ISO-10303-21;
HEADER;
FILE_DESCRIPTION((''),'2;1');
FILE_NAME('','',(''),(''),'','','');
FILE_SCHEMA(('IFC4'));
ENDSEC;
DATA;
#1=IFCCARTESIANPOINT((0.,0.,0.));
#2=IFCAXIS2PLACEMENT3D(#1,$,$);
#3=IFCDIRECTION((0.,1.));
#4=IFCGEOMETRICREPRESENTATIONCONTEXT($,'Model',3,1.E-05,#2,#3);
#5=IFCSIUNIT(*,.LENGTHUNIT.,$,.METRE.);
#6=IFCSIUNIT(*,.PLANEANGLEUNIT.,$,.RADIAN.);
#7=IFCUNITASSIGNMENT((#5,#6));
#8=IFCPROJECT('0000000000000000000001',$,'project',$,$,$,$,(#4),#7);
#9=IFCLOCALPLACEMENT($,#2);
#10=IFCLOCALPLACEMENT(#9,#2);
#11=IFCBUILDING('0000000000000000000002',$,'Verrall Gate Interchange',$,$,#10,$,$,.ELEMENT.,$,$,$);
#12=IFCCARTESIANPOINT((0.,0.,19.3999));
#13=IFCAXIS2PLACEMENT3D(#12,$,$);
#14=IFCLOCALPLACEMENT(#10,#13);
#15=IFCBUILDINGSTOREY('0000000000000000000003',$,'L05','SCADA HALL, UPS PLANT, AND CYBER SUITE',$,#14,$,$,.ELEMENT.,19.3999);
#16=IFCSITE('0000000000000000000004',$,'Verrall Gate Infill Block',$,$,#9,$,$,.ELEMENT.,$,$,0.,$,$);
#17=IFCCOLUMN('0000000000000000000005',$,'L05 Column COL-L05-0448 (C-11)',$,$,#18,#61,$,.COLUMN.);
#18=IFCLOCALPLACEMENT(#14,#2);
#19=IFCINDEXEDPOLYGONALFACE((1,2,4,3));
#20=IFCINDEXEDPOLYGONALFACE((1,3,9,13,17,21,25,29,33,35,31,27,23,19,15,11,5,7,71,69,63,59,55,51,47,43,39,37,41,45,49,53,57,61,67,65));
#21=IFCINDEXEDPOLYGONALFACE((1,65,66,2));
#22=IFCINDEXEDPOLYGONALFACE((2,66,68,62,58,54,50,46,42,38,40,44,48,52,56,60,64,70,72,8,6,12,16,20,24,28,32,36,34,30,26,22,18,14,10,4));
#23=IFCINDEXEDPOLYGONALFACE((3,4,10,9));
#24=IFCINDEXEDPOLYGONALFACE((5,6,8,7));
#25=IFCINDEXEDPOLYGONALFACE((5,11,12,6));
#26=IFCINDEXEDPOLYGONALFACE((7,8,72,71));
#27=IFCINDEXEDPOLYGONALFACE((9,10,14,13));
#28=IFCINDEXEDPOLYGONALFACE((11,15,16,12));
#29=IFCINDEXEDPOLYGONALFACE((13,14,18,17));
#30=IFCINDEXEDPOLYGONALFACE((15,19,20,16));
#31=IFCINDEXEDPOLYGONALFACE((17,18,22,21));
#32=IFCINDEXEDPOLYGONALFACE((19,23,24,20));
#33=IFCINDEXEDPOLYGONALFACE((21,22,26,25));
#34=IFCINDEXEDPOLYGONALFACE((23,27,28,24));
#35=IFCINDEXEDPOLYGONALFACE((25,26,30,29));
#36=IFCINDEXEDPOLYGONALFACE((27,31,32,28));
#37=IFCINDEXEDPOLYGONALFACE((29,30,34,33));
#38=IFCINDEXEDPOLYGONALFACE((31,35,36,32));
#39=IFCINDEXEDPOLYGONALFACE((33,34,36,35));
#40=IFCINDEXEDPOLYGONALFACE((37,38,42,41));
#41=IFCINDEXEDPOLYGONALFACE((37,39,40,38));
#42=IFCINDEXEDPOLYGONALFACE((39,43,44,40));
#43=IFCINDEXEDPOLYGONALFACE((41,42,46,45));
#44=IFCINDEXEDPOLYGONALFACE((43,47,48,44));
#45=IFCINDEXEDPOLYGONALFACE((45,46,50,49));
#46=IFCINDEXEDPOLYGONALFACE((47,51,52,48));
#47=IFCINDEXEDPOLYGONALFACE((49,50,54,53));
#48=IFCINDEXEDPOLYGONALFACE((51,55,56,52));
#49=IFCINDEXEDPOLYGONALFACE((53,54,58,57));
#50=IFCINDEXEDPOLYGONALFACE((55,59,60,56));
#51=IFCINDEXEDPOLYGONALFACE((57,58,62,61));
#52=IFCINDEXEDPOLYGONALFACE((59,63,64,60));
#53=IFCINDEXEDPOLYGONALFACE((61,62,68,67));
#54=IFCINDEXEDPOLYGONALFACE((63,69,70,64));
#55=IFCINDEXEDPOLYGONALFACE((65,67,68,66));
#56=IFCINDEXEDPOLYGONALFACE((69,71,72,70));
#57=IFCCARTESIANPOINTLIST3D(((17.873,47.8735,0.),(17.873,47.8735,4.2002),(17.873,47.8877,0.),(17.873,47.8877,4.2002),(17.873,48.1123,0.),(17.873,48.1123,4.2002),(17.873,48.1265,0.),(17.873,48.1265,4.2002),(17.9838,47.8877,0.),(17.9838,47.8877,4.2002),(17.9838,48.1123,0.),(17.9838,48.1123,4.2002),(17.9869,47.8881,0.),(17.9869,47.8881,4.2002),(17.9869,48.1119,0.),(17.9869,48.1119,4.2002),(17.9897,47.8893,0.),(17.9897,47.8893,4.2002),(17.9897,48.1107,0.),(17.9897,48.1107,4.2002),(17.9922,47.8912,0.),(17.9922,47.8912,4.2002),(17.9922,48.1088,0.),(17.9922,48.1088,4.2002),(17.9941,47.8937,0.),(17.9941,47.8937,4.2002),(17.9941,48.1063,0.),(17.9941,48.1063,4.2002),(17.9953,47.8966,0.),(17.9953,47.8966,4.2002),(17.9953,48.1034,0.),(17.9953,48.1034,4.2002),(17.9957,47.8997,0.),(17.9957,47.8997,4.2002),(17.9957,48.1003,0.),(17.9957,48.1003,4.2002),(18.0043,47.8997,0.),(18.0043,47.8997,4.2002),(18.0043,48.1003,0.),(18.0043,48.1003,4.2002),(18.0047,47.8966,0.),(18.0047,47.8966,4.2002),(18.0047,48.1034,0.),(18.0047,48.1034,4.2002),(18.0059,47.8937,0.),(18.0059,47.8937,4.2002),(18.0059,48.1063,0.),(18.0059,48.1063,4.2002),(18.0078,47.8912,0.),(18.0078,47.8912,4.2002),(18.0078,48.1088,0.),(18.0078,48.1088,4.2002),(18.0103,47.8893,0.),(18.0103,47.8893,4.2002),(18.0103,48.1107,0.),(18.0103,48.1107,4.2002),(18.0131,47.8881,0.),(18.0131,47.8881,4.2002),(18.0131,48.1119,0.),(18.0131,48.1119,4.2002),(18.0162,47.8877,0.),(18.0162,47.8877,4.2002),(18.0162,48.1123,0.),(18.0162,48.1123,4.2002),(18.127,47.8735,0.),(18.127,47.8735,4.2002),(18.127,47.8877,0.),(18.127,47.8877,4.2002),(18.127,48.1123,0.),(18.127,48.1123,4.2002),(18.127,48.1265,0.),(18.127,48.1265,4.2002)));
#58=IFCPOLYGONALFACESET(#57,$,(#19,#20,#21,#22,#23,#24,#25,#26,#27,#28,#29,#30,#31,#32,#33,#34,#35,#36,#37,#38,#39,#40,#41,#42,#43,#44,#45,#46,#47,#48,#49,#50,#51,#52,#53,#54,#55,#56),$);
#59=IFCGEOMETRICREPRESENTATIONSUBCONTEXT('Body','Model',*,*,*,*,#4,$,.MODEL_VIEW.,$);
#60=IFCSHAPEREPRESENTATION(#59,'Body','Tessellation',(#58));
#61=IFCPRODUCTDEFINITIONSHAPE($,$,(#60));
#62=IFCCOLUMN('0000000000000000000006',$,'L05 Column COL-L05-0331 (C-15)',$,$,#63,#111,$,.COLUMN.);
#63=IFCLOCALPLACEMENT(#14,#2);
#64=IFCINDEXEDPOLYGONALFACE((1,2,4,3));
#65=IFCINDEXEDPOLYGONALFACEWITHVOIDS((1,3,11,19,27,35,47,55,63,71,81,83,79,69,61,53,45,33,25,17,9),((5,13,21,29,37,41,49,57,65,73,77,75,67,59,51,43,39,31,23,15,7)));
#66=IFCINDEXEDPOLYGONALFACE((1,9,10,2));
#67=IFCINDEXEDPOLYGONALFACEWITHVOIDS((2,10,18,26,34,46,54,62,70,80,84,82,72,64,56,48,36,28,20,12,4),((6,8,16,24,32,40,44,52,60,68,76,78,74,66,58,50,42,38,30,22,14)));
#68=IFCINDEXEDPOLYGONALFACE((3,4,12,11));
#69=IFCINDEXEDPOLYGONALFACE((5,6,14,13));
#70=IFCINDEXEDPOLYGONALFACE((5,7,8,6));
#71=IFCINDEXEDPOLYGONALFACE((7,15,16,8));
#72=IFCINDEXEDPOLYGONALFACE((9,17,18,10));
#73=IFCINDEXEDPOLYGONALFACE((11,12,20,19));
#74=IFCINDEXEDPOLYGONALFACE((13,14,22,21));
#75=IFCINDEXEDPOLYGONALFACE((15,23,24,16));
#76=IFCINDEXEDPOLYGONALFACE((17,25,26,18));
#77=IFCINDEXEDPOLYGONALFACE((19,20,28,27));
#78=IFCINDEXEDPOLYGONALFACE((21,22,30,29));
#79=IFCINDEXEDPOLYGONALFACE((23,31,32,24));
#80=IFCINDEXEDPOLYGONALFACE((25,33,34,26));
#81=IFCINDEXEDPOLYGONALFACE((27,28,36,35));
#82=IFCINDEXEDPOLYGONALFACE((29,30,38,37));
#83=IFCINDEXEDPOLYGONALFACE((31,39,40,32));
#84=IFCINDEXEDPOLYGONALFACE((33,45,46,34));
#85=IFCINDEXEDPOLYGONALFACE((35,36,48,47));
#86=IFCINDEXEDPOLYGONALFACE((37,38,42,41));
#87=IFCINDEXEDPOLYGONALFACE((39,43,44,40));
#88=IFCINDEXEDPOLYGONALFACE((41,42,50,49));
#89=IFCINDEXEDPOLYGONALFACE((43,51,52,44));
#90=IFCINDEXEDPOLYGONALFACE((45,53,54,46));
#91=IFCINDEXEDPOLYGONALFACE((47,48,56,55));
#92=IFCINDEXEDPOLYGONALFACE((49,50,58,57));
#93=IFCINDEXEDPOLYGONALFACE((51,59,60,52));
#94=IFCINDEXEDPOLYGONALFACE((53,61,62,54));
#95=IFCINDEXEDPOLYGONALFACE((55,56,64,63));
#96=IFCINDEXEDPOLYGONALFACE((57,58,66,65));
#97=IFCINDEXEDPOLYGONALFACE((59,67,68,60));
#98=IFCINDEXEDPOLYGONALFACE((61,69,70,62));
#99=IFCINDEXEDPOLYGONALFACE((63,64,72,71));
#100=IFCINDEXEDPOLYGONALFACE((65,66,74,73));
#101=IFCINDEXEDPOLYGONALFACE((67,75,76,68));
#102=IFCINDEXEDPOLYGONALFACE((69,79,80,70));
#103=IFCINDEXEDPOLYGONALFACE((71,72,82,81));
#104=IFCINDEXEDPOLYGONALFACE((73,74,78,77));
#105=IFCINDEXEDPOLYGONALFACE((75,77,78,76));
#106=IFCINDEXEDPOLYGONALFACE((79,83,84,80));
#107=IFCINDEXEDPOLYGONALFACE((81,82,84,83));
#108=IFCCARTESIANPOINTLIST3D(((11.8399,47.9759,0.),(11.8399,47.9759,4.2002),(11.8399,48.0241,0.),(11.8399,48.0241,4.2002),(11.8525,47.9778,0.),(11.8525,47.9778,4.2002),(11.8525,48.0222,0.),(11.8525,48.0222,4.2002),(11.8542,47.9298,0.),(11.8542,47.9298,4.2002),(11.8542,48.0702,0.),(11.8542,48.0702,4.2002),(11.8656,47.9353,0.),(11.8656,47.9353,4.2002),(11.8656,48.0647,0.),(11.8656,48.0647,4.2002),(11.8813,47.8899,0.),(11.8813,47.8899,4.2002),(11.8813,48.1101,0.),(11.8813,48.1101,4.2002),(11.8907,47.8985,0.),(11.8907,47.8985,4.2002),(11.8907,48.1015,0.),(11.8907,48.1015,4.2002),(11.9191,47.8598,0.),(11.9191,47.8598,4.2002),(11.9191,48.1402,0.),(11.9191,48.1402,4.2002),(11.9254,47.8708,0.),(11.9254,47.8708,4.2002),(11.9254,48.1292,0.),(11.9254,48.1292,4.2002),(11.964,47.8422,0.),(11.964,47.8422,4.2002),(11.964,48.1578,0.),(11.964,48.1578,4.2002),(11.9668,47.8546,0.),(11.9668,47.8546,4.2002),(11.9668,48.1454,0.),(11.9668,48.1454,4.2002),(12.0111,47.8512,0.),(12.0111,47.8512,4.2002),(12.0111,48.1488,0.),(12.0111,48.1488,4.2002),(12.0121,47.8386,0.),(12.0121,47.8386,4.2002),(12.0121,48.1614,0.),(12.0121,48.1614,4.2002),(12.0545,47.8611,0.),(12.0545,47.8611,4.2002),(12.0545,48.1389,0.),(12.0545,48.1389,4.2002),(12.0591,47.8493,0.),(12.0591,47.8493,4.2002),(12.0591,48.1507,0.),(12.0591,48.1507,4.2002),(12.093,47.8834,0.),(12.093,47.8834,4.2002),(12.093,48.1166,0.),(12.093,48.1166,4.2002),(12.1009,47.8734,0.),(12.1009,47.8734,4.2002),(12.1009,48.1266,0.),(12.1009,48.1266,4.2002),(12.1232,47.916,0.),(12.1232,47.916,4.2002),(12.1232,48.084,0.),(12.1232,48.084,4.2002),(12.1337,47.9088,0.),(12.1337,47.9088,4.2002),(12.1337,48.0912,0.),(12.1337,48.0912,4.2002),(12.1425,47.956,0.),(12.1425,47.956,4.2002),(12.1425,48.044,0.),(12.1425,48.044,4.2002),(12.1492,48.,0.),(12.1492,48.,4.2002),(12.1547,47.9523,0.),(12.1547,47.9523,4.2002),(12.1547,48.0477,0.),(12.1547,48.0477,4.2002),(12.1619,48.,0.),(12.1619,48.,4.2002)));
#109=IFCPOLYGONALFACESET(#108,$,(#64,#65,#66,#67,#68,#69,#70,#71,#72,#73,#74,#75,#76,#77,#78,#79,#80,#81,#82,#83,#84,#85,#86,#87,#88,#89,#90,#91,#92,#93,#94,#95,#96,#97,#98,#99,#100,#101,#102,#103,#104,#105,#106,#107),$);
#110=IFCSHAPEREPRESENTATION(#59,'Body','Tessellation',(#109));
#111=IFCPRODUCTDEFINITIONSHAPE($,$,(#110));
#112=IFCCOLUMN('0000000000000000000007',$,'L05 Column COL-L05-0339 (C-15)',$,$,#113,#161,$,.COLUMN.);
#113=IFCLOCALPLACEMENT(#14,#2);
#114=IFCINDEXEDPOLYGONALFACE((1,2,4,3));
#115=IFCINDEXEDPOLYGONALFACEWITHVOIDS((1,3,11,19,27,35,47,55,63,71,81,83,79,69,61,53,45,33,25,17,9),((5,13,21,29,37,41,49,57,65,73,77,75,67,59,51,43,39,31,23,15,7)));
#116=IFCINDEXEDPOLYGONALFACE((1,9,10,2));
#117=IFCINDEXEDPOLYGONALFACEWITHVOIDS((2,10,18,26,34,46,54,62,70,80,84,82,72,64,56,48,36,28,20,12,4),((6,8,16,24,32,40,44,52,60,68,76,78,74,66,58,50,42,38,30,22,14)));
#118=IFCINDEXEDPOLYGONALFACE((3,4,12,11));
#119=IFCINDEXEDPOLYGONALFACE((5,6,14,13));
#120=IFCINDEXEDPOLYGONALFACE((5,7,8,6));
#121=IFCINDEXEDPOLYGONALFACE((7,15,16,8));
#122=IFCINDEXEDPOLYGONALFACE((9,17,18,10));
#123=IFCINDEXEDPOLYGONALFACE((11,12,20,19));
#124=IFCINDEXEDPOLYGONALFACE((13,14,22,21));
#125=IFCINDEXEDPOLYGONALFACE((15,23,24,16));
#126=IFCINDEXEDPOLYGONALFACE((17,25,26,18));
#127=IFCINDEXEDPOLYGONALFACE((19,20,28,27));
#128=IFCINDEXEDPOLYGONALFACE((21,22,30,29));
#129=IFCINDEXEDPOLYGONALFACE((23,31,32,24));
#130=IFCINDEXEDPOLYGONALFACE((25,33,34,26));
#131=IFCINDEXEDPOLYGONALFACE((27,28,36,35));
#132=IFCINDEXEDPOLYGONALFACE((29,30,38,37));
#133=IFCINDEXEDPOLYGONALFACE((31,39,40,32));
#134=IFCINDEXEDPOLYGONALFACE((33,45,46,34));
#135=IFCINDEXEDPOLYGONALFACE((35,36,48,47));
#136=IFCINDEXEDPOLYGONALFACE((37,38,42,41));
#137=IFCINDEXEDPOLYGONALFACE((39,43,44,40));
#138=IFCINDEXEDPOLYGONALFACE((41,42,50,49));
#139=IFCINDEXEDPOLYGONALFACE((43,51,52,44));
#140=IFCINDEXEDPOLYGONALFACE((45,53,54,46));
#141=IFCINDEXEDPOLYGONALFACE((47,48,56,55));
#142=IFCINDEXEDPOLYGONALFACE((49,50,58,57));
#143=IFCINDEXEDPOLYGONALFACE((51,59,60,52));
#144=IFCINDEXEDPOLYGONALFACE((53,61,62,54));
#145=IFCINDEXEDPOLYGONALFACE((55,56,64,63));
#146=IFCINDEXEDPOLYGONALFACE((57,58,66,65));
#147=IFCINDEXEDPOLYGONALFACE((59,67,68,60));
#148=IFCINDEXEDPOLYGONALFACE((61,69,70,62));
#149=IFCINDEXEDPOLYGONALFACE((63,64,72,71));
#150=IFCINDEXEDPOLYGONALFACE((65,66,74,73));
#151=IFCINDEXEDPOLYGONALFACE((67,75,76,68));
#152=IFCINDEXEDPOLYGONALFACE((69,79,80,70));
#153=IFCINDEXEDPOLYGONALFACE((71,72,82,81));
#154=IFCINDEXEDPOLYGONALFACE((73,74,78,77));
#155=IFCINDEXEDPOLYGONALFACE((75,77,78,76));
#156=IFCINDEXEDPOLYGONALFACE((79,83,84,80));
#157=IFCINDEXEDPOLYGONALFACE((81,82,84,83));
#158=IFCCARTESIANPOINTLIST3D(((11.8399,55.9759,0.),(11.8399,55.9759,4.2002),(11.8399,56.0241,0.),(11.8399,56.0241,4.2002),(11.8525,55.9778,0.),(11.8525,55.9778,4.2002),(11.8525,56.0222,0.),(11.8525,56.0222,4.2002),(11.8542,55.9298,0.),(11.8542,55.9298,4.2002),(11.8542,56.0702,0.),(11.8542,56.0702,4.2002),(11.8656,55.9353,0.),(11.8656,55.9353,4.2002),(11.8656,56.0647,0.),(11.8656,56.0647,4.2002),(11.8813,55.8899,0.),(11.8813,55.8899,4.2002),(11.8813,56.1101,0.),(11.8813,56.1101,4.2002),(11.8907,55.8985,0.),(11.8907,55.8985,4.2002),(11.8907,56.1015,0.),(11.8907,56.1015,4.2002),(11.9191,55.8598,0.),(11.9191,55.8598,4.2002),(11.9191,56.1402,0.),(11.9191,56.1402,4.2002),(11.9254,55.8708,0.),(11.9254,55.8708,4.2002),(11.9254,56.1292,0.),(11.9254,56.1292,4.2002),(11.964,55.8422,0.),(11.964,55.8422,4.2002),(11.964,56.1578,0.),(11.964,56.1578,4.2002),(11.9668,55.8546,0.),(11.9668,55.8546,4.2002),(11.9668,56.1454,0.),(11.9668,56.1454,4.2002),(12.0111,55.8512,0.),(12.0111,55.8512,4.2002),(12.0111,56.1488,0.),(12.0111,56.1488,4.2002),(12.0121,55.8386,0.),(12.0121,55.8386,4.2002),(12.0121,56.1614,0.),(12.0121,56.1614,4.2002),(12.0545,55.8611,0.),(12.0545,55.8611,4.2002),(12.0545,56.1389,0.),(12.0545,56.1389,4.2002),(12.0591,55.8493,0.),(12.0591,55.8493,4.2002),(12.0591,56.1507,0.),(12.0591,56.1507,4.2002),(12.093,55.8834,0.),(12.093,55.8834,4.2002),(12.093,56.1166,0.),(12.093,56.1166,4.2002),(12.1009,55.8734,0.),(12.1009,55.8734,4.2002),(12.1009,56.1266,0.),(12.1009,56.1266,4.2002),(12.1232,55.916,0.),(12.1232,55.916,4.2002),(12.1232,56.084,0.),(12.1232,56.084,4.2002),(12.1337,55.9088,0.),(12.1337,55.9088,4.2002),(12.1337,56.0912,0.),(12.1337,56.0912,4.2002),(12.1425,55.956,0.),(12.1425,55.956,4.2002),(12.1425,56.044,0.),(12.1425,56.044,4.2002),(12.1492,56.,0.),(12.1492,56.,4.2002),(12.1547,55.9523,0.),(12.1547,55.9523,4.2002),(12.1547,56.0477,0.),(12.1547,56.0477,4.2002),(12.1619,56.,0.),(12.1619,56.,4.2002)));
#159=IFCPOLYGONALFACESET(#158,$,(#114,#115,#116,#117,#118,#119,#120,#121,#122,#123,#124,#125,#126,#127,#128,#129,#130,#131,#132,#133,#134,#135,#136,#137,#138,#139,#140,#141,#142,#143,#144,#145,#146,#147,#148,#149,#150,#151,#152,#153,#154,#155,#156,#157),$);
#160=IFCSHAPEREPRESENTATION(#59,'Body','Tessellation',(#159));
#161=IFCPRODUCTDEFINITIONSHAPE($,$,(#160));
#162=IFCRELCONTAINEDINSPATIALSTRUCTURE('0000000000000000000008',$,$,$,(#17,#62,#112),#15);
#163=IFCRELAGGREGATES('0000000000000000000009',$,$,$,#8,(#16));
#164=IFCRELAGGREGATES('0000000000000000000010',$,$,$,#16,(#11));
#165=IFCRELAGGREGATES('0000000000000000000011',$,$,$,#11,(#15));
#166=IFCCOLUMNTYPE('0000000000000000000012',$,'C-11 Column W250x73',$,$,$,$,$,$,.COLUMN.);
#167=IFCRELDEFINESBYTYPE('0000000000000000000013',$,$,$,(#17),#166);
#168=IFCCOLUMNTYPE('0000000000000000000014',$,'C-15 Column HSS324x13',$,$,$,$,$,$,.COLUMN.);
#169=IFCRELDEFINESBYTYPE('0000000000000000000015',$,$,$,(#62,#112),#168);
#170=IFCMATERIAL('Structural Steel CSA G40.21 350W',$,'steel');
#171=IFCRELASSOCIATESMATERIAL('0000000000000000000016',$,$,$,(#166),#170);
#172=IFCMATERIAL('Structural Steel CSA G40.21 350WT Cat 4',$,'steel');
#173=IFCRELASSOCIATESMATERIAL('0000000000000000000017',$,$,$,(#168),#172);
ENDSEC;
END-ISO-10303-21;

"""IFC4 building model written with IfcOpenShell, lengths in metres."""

from ifc_helpers import new_model, si_unit, direction, frame, origin, origin_2d, place, context, subcontext, project, spatial, hollow_circle, i_section, extrude, material, material_profile, profile_set, type_object, element, save


model = new_model("IFC4")

# Units and contexts
model_context = context("Model", 3, precision=1e-05, world=origin(), true_north=direction((0.0, 1.0)))
body_context = subcontext(model_context, "Body", "Model", "MODEL_VIEW")
ifc_project = project(units=[si_unit("LENGTHUNIT", "METRE"), si_unit("PLANEANGLEUNIT", "RADIAN")], contexts=[model_context])

# Site, building, storey
site_placement = place(None, origin())
site = spatial("IfcSite", under=ifc_project, at=site_placement, Name="Verrall Gate Infill Block", CompositionType="ELEMENT", RefElevation=0.0)
building_placement = place(site_placement, origin())
building = spatial("IfcBuilding", under=site, at=building_placement, Name="Verrall Gate Interchange", CompositionType="ELEMENT")
storey_placement = place(building_placement, frame((0.0, 0.0, 19.3999)))
storey = spatial("IfcBuildingStorey", under=building, at=storey_placement, Name="L05", Description="SCADA HALL, UPS PLANT, AND CYBER SUITE", CompositionType="ELEMENT", Elevation=19.3999)

# Columns
ifc_material_1 = material(Name="Structural Steel CSA G40.21 350W", Category="steel")
ifc_material_profile_1 = material_profile(ifc_material_1, i_section(OverallWidth=0.2539, OverallDepth=0.2529, WebThickness=0.0085, FlangeThickness=0.0142, FilletRadius=0.012, at=origin_2d()), Name="W250x73")
ifc_profile_set_1 = profile_set([ifc_material_profile_1], Name="Structural Steel CSA G40.21 350W")
column_type_1 = type_object("IfcColumnType", Name="C-11 Column W250x73", PredefinedType="COLUMN", material=ifc_profile_set_1)
column_placement = place(storey_placement, frame((18.0, 48.0, 0.0), z_axis=(0.0, 0.0, 1.0), x_axis=(1.0, 0.0, 0.0)))
element("IfcColumn", 1, at=column_placement, inside=storey, type_object=column_type_1, Name="L05 Column COL-L05-0448 (C-11)", PredefinedType="COLUMN", context=body_context, shape_type="SweptSolid", body=[
    extrude(i_section(OverallWidth=0.2539, OverallDepth=0.2529, WebThickness=0.0085, FlangeThickness=0.0142, FilletRadius=0.012, at=origin_2d()), origin(), (0.0, 0.0, 1.0), 4.2002),
])
ifc_material_2 = material(Name="Structural Steel CSA G40.21 350WT Cat 4", Category="steel")
ifc_material_profile_2 = material_profile(ifc_material_2, hollow_circle(Radius=0.1619, WallThickness=0.0127, at=origin_2d()), Name="HSS324x13")
ifc_profile_set_2 = profile_set([ifc_material_profile_2], Name="Structural Steel CSA G40.21 350WT Cat 4")
column_type_2 = type_object("IfcColumnType", Name="C-15 Column HSS324x13", PredefinedType="COLUMN", material=ifc_profile_set_2)
for number, where, z_axis, x_axis, name in (
    (2, (12.0, 48.0, 0.0), (0.0, 0.0, 1.0), (1.0, 0.0, 0.0), "L05 Column COL-L05-0331 (C-15)"),
    (3, (12.0, 56.0, 0.0), (0.0, 0.0, 1.0), (1.0, 0.0, 0.0), "L05 Column COL-L05-0339 (C-15)"),
):
    element("IfcColumn", number, at=place(storey_placement, frame(where, z_axis=z_axis, x_axis=x_axis)), inside=storey, type_object=column_type_2, Name=name, PredefinedType="COLUMN", context=body_context, shape_type="SweptSolid", body=[
        extrude(hollow_circle(Radius=0.1619, WallThickness=0.0127, at=origin_2d()), origin(), (0.0, 0.0, 1.0), 4.2002),
    ])

save(model, "model.ifc")
